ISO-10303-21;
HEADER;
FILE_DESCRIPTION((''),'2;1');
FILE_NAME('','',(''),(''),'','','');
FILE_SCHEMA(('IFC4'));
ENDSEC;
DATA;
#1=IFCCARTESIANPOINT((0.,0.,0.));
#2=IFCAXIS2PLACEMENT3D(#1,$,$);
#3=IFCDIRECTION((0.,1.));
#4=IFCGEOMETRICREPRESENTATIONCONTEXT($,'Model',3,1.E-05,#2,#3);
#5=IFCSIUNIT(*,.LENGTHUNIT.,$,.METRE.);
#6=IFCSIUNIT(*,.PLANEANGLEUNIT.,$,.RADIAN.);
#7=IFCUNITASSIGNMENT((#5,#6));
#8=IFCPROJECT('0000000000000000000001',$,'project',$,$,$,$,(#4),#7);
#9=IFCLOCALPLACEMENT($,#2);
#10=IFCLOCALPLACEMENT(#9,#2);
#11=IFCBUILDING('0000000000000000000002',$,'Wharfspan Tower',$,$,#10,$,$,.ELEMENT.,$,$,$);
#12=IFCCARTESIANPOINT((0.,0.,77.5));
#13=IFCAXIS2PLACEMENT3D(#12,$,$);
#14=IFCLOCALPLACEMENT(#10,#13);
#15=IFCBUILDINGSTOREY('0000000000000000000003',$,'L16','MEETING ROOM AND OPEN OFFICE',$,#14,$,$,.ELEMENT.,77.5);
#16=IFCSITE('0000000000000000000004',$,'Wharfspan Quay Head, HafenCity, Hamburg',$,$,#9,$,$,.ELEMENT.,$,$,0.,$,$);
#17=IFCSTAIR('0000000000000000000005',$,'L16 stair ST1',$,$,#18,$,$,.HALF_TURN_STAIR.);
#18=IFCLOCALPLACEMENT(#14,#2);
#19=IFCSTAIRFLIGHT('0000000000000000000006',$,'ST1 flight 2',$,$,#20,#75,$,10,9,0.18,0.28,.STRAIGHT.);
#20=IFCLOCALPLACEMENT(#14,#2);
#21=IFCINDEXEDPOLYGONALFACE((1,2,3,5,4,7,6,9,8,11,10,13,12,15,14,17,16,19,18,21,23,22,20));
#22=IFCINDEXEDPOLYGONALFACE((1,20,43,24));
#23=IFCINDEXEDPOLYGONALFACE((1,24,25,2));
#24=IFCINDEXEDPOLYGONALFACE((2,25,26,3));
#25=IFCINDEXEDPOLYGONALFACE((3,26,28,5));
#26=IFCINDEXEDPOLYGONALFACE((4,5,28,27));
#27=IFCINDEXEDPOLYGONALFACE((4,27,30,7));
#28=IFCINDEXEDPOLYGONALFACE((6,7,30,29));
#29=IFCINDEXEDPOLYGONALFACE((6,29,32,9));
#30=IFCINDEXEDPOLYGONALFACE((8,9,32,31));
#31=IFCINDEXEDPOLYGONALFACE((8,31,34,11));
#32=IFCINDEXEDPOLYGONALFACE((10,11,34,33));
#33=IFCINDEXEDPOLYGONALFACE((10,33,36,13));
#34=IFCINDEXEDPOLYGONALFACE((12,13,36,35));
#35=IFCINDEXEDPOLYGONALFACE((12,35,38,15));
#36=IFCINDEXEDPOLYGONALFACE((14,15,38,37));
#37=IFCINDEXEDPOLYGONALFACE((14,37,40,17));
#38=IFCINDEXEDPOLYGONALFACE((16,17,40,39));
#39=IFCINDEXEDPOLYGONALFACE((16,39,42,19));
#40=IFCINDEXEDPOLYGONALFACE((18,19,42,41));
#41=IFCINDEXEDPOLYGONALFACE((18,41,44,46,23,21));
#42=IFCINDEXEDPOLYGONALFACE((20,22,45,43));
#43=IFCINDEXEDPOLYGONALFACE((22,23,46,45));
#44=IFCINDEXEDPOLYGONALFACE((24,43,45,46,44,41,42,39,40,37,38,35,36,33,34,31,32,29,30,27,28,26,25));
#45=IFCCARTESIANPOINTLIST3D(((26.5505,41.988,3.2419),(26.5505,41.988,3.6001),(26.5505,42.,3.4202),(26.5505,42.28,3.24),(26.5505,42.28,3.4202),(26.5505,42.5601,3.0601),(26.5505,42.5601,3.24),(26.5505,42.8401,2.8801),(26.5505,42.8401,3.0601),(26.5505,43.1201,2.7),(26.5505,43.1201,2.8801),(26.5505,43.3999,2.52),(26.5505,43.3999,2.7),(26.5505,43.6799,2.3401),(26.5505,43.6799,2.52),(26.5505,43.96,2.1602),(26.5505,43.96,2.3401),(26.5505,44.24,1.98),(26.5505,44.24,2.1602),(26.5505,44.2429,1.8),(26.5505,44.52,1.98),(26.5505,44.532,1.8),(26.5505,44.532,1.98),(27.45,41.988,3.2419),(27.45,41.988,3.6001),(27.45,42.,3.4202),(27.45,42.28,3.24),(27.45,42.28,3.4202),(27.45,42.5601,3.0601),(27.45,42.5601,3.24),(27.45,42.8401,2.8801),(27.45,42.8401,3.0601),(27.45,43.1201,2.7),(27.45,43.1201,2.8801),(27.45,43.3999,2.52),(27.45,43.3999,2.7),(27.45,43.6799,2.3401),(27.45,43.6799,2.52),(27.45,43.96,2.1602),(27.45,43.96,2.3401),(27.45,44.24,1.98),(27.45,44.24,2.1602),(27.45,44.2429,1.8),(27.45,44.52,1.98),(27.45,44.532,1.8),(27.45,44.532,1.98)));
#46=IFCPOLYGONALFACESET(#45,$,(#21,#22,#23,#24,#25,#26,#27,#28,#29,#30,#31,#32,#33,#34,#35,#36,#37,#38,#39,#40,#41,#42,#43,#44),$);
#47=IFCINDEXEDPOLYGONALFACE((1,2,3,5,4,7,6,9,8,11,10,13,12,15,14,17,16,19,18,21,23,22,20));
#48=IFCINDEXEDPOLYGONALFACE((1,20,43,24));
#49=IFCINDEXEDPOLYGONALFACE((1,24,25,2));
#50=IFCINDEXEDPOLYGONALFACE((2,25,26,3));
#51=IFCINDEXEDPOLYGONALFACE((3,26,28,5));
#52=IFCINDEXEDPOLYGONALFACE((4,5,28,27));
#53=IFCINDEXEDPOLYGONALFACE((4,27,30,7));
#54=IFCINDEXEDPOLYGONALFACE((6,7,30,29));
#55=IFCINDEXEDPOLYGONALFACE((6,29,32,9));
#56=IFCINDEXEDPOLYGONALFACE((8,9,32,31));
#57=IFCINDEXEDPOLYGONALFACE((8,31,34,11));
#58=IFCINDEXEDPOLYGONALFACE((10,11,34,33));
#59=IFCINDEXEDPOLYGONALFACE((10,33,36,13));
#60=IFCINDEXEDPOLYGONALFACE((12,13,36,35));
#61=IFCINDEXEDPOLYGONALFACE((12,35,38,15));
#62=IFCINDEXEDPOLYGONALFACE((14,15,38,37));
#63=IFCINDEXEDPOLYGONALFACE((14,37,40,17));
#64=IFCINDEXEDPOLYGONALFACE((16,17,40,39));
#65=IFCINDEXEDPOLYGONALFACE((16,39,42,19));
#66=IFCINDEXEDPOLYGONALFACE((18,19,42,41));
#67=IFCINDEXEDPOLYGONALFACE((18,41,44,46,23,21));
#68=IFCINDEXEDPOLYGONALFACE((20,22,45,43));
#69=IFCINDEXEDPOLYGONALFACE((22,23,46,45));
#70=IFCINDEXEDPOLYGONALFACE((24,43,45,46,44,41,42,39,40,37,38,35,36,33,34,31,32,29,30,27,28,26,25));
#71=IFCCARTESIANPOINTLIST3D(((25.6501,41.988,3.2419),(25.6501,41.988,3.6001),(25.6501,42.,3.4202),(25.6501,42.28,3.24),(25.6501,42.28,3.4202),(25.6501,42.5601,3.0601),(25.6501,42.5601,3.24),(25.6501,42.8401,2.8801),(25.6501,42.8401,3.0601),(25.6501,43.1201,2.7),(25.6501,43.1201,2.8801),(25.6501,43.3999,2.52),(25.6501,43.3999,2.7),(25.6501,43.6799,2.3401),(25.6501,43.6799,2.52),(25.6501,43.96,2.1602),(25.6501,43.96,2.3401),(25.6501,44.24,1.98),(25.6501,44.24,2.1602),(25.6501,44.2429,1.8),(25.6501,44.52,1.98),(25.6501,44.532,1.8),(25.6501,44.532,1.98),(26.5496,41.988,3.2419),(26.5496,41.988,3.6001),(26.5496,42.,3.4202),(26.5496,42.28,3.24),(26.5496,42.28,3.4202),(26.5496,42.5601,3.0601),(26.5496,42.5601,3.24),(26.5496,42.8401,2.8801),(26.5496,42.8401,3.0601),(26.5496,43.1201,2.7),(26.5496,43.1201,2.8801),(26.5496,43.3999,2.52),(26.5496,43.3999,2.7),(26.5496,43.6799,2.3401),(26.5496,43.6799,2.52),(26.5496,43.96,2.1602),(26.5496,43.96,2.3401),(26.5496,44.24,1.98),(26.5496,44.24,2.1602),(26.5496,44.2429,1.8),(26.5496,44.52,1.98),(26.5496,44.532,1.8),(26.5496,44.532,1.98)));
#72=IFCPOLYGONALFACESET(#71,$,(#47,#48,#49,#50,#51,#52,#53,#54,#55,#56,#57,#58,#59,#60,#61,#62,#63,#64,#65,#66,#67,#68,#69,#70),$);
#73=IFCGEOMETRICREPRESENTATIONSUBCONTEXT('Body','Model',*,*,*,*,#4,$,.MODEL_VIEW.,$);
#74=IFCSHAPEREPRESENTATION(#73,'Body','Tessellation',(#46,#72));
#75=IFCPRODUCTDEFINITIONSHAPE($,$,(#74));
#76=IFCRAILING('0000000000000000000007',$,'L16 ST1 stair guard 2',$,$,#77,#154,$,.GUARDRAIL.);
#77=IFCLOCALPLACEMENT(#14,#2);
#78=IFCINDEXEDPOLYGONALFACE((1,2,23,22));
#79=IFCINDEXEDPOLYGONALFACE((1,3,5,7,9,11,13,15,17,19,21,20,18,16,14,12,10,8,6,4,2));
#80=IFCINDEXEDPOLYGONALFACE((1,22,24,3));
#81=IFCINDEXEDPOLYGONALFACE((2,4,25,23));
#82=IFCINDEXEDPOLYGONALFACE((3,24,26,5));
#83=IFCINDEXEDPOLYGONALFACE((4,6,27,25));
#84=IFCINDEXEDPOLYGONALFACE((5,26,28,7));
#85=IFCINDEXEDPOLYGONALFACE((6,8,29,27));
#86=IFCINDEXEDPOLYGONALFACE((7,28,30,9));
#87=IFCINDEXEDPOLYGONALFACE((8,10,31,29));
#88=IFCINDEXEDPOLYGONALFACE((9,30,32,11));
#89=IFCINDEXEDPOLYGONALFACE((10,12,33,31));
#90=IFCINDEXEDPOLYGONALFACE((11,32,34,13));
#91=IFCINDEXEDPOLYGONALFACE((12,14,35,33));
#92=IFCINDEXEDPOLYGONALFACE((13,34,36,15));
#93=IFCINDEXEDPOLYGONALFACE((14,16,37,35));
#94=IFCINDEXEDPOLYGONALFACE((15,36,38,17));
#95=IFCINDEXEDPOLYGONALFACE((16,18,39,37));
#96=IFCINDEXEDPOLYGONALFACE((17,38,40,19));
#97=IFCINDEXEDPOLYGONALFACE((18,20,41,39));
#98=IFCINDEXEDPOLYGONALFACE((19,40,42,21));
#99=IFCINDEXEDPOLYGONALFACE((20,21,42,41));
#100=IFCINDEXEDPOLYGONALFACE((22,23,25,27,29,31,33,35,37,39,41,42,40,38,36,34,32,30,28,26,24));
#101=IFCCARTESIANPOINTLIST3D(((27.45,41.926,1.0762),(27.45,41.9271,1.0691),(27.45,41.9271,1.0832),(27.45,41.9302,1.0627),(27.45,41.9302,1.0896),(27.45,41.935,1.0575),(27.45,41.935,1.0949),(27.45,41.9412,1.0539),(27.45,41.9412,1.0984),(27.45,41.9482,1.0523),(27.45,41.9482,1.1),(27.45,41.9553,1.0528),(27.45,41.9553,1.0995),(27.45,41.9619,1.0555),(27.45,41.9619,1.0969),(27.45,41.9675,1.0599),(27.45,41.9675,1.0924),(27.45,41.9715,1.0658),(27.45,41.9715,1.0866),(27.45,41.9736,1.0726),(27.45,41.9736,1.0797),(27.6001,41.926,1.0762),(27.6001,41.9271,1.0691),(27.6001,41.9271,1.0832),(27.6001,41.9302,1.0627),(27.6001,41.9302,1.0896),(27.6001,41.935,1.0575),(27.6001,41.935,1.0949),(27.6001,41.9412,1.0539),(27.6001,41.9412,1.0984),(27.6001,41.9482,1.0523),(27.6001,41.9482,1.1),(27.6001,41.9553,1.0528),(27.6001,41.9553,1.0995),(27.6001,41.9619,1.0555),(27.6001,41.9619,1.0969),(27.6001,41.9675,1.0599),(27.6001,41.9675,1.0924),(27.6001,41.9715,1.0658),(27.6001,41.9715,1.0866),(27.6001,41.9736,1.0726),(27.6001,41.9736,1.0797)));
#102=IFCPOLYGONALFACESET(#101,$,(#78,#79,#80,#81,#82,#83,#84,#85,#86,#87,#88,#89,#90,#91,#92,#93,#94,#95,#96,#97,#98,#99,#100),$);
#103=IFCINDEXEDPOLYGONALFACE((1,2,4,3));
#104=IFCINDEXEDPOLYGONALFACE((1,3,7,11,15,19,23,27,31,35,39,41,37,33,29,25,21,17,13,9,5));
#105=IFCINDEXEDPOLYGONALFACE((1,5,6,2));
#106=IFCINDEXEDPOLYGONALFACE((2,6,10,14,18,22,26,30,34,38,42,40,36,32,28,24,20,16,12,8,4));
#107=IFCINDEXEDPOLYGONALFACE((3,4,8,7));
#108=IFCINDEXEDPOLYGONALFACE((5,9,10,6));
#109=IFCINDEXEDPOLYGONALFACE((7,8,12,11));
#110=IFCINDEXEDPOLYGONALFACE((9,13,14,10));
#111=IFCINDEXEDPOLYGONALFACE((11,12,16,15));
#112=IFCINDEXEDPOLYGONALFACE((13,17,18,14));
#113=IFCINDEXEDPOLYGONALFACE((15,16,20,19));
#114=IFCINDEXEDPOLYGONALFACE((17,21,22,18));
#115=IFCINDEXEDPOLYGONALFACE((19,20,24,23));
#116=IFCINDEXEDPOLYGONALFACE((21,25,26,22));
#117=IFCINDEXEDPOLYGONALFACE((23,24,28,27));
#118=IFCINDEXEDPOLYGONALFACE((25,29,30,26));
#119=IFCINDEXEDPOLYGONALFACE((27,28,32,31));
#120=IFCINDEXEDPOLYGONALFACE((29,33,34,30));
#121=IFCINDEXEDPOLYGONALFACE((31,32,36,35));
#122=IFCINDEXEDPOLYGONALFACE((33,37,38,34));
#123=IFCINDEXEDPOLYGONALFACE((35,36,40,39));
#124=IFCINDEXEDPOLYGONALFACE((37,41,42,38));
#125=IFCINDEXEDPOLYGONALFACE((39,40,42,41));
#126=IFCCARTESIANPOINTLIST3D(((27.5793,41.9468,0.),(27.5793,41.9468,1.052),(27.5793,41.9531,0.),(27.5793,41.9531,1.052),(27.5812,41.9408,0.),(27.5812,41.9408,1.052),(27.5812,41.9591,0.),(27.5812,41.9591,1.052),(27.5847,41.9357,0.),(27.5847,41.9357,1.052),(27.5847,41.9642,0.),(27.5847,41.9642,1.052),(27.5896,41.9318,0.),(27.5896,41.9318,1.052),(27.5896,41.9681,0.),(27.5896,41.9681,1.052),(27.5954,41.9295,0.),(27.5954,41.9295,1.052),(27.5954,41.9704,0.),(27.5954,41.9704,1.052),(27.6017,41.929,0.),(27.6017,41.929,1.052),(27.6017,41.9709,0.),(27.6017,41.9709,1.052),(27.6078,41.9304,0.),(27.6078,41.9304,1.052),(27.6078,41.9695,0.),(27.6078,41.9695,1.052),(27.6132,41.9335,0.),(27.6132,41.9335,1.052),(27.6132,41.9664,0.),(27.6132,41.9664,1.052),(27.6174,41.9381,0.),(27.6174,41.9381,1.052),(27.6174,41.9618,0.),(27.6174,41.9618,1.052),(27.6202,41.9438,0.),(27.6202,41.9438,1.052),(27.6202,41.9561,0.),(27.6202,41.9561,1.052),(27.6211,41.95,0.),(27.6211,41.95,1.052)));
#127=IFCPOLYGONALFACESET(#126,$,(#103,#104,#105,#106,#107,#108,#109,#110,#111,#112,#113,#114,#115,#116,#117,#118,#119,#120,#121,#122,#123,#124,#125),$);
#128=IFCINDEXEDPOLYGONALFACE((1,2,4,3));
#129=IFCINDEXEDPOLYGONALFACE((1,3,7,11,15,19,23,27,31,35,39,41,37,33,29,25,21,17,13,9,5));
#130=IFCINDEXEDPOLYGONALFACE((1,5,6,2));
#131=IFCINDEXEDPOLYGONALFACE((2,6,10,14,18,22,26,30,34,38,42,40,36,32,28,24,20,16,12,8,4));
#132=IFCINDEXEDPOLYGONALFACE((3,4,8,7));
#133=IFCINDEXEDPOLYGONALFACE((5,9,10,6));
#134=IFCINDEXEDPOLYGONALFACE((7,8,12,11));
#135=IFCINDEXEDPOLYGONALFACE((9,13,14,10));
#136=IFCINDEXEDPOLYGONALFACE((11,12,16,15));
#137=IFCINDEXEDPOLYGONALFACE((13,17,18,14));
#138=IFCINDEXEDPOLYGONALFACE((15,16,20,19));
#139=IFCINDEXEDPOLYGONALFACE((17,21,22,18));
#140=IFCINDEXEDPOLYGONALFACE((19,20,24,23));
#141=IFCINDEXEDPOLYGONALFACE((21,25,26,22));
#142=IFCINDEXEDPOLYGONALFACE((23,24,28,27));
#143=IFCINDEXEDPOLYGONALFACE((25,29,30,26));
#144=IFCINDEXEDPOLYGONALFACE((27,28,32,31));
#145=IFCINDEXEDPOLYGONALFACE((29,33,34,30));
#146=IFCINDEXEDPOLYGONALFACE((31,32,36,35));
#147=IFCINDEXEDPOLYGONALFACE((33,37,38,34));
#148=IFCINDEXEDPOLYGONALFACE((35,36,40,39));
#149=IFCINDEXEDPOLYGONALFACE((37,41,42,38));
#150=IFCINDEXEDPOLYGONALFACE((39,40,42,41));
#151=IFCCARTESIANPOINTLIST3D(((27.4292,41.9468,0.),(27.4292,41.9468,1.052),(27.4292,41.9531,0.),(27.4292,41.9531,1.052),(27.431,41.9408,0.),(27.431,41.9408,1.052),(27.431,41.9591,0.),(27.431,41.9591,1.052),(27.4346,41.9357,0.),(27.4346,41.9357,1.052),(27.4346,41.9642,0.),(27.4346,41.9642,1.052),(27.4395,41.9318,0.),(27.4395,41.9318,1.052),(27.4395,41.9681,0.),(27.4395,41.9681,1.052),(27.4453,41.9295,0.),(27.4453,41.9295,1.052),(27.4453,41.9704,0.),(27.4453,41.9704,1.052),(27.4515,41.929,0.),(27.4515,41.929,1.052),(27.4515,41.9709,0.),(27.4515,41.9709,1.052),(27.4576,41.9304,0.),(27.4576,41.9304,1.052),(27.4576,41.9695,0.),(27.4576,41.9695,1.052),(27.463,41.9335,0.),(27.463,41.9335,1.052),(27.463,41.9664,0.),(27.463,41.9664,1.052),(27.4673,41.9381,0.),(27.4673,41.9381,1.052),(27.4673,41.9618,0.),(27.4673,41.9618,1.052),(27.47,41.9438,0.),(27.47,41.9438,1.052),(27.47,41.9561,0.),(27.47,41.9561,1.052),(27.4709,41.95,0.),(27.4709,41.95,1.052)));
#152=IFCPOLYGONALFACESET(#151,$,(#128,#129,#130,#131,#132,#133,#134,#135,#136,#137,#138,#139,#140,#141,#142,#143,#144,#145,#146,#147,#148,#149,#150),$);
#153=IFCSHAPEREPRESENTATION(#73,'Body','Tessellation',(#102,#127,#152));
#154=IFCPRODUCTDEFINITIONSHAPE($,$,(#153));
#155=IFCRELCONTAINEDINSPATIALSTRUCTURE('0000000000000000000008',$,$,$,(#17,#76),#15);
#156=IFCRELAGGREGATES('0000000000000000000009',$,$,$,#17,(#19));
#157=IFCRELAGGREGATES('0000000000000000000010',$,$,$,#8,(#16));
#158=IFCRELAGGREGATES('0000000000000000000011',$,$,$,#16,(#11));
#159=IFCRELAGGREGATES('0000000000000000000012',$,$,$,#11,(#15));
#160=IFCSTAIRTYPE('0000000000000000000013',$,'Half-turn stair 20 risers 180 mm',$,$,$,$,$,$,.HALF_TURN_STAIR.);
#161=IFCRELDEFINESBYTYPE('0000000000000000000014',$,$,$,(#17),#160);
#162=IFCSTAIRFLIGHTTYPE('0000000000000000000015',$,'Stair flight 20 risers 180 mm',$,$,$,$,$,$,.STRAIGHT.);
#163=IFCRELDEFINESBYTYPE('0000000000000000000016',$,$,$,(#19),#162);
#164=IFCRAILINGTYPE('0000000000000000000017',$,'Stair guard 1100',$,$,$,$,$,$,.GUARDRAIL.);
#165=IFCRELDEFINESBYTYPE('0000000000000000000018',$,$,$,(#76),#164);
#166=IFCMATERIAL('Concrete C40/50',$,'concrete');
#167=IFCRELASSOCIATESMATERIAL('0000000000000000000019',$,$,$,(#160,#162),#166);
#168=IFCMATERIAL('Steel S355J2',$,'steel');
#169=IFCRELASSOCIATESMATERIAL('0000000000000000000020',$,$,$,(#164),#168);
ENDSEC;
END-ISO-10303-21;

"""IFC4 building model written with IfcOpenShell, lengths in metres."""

from ifc_helpers import new_model, si_unit, direction, frame, origin, origin_2d, place, context, subcontext, project, spatial, polyline, circle, outline, extrude, material, type_object, element, aggregate, save


model = new_model("IFC4")

# Units and contexts
model_context = context("Model", 3, precision=1e-05, world=origin(), true_north=direction((0.0, 1.0)))
body_context = subcontext(model_context, "Body", "Model", "MODEL_VIEW")
ifc_project = project(units=[si_unit("LENGTHUNIT", "METRE"), si_unit("PLANEANGLEUNIT", "RADIAN")], contexts=[model_context])

# Site, building, storey
site_placement = place(None, origin())
site = spatial("IfcSite", under=ifc_project, at=site_placement, Name="Wharfspan Quay Head, HafenCity, Hamburg", CompositionType="ELEMENT", RefElevation=0.0)
building_placement = place(site_placement, origin())
building = spatial("IfcBuilding", under=site, at=building_placement, Name="Wharfspan Tower", CompositionType="ELEMENT")
storey_placement = place(building_placement, frame((0.0, 0.0, 77.5)))
storey = spatial("IfcBuildingStorey", under=building, at=storey_placement, Name="L16", Description="MEETING ROOM AND OPEN OFFICE", CompositionType="ELEMENT", Elevation=77.5)

# Shared definitions
ifc_material_1 = material(Name="Steel S355J2", Category="steel")

# Shared definitions
ifc_material_2 = material(Name="Concrete C40/50", Category="concrete")

# Stair, stair flight
stair_type = type_object("IfcStairType", Name="Half-turn stair 20 risers 180 mm", PredefinedType="HALF_TURN_STAIR", material=ifc_material_2)
stair_placement = place(storey_placement, origin())
stair = element("IfcStair", 1, at=stair_placement, inside=storey, type_object=stair_type, Name="L16 stair ST1", PredefinedType="HALF_TURN_STAIR")
stair_flight_type = type_object("IfcStairFlightType", Name="Stair flight 20 risers 180 mm", PredefinedType="STRAIGHT", material=ifc_material_2)
stair_flight_placement = place(storey_placement, frame((26.55, 44.52, 1.8), z_axis=(0.0, 0.0, 1.0), x_axis=(0.0, -1.0, 0.0)))
stair_flight = element("IfcStairFlight", 2, at=stair_flight_placement, type_object=stair_flight_type, Name="ST1 flight 2", NumberOfRisers=10, NumberOfTreads=9, PredefinedType="STRAIGHT", RiserHeight=0.18, TreadLength=0.28, context=body_context, shape_type="SweptSolid", body=[
    extrude(outline(polyline([(-0.012, 0.0), (-0.012, 0.1799), (0.0, 0.1799), (0.28, 0.1799), (0.28, 0.3601), (0.5601, 0.3601), (0.5601, 0.54), (0.8401, 0.54), (0.8401, 0.72), (1.1201, 0.72), (1.1201, 0.8999), (1.3999, 0.8999), (1.3999, 1.0801), (1.6799, 1.0801), (1.6799, 1.26), (1.96, 1.26), (1.96, 1.4399), (2.24, 1.4399), (2.24, 1.6201), (2.52, 1.6201), (2.532, 1.8), (2.532, 1.4419), (0.2771, 0.0), (-0.012, 0.0)])), frame((0.0, 0.8999, 0.0), z_axis=(0.0, -1.0, 0.0), x_axis=(1.0, 0.0, 0.0)), (0.0, 0.0, 1.0), 0.8994),
    extrude(outline(polyline([(-0.012, 0.0), (-0.012, 0.1799), (0.0, 0.1799), (0.28, 0.1799), (0.28, 0.3601), (0.5601, 0.3601), (0.5601, 0.54), (0.8401, 0.54), (0.8401, 0.72), (1.1201, 0.72), (1.1201, 0.8999), (1.3999, 0.8999), (1.3999, 1.0801), (1.6799, 1.0801), (1.6799, 1.26), (1.96, 1.26), (1.96, 1.4399), (2.24, 1.4399), (2.24, 1.6201), (2.52, 1.6201), (2.532, 1.8), (2.532, 1.4419), (0.2771, 0.0), (-0.012, 0.0)])), frame((0.0, -0.0005, 0.0), z_axis=(0.0, -1.0, 0.0), x_axis=(1.0, 0.0, 0.0)), (0.0, 0.0, 1.0), 0.8994),
])
aggregate(stair, [stair_flight])

# Railing
railing_type_1 = type_object("IfcRailingType", Name="Stair guard 1100", PredefinedType="GUARDRAIL", material=ifc_material_1)
railing_1_placement = place(storey_placement, frame((27.6001, 41.95, 0.0)))
element("IfcRailing", 3, at=railing_1_placement, inside=storey, type_object=railing_type_1, Name="L16 ST1 stair guard 2", PredefinedType="GUARDRAIL", context=body_context, shape_type="SweptSolid", body=[
    extrude(circle(Radius=0.0239, at=origin_2d()), frame((0.0, 0.0, 1.0762), z_axis=(-1.0, 0.0, 0.0), x_axis=(0.0, -1.0, 0.0)), (0.0, 0.0, 1.0), 0.1501),
    extrude(circle(Radius=0.021, at=origin_2d()), origin(), (0.0, 0.0, 1.0), 1.052),
    extrude(circle(Radius=0.021, at=origin_2d()), frame((-0.1501, 0.0, 0.0)), (0.0, 0.0, 1.0), 1.052),
])

save(model, "model.ifc")
